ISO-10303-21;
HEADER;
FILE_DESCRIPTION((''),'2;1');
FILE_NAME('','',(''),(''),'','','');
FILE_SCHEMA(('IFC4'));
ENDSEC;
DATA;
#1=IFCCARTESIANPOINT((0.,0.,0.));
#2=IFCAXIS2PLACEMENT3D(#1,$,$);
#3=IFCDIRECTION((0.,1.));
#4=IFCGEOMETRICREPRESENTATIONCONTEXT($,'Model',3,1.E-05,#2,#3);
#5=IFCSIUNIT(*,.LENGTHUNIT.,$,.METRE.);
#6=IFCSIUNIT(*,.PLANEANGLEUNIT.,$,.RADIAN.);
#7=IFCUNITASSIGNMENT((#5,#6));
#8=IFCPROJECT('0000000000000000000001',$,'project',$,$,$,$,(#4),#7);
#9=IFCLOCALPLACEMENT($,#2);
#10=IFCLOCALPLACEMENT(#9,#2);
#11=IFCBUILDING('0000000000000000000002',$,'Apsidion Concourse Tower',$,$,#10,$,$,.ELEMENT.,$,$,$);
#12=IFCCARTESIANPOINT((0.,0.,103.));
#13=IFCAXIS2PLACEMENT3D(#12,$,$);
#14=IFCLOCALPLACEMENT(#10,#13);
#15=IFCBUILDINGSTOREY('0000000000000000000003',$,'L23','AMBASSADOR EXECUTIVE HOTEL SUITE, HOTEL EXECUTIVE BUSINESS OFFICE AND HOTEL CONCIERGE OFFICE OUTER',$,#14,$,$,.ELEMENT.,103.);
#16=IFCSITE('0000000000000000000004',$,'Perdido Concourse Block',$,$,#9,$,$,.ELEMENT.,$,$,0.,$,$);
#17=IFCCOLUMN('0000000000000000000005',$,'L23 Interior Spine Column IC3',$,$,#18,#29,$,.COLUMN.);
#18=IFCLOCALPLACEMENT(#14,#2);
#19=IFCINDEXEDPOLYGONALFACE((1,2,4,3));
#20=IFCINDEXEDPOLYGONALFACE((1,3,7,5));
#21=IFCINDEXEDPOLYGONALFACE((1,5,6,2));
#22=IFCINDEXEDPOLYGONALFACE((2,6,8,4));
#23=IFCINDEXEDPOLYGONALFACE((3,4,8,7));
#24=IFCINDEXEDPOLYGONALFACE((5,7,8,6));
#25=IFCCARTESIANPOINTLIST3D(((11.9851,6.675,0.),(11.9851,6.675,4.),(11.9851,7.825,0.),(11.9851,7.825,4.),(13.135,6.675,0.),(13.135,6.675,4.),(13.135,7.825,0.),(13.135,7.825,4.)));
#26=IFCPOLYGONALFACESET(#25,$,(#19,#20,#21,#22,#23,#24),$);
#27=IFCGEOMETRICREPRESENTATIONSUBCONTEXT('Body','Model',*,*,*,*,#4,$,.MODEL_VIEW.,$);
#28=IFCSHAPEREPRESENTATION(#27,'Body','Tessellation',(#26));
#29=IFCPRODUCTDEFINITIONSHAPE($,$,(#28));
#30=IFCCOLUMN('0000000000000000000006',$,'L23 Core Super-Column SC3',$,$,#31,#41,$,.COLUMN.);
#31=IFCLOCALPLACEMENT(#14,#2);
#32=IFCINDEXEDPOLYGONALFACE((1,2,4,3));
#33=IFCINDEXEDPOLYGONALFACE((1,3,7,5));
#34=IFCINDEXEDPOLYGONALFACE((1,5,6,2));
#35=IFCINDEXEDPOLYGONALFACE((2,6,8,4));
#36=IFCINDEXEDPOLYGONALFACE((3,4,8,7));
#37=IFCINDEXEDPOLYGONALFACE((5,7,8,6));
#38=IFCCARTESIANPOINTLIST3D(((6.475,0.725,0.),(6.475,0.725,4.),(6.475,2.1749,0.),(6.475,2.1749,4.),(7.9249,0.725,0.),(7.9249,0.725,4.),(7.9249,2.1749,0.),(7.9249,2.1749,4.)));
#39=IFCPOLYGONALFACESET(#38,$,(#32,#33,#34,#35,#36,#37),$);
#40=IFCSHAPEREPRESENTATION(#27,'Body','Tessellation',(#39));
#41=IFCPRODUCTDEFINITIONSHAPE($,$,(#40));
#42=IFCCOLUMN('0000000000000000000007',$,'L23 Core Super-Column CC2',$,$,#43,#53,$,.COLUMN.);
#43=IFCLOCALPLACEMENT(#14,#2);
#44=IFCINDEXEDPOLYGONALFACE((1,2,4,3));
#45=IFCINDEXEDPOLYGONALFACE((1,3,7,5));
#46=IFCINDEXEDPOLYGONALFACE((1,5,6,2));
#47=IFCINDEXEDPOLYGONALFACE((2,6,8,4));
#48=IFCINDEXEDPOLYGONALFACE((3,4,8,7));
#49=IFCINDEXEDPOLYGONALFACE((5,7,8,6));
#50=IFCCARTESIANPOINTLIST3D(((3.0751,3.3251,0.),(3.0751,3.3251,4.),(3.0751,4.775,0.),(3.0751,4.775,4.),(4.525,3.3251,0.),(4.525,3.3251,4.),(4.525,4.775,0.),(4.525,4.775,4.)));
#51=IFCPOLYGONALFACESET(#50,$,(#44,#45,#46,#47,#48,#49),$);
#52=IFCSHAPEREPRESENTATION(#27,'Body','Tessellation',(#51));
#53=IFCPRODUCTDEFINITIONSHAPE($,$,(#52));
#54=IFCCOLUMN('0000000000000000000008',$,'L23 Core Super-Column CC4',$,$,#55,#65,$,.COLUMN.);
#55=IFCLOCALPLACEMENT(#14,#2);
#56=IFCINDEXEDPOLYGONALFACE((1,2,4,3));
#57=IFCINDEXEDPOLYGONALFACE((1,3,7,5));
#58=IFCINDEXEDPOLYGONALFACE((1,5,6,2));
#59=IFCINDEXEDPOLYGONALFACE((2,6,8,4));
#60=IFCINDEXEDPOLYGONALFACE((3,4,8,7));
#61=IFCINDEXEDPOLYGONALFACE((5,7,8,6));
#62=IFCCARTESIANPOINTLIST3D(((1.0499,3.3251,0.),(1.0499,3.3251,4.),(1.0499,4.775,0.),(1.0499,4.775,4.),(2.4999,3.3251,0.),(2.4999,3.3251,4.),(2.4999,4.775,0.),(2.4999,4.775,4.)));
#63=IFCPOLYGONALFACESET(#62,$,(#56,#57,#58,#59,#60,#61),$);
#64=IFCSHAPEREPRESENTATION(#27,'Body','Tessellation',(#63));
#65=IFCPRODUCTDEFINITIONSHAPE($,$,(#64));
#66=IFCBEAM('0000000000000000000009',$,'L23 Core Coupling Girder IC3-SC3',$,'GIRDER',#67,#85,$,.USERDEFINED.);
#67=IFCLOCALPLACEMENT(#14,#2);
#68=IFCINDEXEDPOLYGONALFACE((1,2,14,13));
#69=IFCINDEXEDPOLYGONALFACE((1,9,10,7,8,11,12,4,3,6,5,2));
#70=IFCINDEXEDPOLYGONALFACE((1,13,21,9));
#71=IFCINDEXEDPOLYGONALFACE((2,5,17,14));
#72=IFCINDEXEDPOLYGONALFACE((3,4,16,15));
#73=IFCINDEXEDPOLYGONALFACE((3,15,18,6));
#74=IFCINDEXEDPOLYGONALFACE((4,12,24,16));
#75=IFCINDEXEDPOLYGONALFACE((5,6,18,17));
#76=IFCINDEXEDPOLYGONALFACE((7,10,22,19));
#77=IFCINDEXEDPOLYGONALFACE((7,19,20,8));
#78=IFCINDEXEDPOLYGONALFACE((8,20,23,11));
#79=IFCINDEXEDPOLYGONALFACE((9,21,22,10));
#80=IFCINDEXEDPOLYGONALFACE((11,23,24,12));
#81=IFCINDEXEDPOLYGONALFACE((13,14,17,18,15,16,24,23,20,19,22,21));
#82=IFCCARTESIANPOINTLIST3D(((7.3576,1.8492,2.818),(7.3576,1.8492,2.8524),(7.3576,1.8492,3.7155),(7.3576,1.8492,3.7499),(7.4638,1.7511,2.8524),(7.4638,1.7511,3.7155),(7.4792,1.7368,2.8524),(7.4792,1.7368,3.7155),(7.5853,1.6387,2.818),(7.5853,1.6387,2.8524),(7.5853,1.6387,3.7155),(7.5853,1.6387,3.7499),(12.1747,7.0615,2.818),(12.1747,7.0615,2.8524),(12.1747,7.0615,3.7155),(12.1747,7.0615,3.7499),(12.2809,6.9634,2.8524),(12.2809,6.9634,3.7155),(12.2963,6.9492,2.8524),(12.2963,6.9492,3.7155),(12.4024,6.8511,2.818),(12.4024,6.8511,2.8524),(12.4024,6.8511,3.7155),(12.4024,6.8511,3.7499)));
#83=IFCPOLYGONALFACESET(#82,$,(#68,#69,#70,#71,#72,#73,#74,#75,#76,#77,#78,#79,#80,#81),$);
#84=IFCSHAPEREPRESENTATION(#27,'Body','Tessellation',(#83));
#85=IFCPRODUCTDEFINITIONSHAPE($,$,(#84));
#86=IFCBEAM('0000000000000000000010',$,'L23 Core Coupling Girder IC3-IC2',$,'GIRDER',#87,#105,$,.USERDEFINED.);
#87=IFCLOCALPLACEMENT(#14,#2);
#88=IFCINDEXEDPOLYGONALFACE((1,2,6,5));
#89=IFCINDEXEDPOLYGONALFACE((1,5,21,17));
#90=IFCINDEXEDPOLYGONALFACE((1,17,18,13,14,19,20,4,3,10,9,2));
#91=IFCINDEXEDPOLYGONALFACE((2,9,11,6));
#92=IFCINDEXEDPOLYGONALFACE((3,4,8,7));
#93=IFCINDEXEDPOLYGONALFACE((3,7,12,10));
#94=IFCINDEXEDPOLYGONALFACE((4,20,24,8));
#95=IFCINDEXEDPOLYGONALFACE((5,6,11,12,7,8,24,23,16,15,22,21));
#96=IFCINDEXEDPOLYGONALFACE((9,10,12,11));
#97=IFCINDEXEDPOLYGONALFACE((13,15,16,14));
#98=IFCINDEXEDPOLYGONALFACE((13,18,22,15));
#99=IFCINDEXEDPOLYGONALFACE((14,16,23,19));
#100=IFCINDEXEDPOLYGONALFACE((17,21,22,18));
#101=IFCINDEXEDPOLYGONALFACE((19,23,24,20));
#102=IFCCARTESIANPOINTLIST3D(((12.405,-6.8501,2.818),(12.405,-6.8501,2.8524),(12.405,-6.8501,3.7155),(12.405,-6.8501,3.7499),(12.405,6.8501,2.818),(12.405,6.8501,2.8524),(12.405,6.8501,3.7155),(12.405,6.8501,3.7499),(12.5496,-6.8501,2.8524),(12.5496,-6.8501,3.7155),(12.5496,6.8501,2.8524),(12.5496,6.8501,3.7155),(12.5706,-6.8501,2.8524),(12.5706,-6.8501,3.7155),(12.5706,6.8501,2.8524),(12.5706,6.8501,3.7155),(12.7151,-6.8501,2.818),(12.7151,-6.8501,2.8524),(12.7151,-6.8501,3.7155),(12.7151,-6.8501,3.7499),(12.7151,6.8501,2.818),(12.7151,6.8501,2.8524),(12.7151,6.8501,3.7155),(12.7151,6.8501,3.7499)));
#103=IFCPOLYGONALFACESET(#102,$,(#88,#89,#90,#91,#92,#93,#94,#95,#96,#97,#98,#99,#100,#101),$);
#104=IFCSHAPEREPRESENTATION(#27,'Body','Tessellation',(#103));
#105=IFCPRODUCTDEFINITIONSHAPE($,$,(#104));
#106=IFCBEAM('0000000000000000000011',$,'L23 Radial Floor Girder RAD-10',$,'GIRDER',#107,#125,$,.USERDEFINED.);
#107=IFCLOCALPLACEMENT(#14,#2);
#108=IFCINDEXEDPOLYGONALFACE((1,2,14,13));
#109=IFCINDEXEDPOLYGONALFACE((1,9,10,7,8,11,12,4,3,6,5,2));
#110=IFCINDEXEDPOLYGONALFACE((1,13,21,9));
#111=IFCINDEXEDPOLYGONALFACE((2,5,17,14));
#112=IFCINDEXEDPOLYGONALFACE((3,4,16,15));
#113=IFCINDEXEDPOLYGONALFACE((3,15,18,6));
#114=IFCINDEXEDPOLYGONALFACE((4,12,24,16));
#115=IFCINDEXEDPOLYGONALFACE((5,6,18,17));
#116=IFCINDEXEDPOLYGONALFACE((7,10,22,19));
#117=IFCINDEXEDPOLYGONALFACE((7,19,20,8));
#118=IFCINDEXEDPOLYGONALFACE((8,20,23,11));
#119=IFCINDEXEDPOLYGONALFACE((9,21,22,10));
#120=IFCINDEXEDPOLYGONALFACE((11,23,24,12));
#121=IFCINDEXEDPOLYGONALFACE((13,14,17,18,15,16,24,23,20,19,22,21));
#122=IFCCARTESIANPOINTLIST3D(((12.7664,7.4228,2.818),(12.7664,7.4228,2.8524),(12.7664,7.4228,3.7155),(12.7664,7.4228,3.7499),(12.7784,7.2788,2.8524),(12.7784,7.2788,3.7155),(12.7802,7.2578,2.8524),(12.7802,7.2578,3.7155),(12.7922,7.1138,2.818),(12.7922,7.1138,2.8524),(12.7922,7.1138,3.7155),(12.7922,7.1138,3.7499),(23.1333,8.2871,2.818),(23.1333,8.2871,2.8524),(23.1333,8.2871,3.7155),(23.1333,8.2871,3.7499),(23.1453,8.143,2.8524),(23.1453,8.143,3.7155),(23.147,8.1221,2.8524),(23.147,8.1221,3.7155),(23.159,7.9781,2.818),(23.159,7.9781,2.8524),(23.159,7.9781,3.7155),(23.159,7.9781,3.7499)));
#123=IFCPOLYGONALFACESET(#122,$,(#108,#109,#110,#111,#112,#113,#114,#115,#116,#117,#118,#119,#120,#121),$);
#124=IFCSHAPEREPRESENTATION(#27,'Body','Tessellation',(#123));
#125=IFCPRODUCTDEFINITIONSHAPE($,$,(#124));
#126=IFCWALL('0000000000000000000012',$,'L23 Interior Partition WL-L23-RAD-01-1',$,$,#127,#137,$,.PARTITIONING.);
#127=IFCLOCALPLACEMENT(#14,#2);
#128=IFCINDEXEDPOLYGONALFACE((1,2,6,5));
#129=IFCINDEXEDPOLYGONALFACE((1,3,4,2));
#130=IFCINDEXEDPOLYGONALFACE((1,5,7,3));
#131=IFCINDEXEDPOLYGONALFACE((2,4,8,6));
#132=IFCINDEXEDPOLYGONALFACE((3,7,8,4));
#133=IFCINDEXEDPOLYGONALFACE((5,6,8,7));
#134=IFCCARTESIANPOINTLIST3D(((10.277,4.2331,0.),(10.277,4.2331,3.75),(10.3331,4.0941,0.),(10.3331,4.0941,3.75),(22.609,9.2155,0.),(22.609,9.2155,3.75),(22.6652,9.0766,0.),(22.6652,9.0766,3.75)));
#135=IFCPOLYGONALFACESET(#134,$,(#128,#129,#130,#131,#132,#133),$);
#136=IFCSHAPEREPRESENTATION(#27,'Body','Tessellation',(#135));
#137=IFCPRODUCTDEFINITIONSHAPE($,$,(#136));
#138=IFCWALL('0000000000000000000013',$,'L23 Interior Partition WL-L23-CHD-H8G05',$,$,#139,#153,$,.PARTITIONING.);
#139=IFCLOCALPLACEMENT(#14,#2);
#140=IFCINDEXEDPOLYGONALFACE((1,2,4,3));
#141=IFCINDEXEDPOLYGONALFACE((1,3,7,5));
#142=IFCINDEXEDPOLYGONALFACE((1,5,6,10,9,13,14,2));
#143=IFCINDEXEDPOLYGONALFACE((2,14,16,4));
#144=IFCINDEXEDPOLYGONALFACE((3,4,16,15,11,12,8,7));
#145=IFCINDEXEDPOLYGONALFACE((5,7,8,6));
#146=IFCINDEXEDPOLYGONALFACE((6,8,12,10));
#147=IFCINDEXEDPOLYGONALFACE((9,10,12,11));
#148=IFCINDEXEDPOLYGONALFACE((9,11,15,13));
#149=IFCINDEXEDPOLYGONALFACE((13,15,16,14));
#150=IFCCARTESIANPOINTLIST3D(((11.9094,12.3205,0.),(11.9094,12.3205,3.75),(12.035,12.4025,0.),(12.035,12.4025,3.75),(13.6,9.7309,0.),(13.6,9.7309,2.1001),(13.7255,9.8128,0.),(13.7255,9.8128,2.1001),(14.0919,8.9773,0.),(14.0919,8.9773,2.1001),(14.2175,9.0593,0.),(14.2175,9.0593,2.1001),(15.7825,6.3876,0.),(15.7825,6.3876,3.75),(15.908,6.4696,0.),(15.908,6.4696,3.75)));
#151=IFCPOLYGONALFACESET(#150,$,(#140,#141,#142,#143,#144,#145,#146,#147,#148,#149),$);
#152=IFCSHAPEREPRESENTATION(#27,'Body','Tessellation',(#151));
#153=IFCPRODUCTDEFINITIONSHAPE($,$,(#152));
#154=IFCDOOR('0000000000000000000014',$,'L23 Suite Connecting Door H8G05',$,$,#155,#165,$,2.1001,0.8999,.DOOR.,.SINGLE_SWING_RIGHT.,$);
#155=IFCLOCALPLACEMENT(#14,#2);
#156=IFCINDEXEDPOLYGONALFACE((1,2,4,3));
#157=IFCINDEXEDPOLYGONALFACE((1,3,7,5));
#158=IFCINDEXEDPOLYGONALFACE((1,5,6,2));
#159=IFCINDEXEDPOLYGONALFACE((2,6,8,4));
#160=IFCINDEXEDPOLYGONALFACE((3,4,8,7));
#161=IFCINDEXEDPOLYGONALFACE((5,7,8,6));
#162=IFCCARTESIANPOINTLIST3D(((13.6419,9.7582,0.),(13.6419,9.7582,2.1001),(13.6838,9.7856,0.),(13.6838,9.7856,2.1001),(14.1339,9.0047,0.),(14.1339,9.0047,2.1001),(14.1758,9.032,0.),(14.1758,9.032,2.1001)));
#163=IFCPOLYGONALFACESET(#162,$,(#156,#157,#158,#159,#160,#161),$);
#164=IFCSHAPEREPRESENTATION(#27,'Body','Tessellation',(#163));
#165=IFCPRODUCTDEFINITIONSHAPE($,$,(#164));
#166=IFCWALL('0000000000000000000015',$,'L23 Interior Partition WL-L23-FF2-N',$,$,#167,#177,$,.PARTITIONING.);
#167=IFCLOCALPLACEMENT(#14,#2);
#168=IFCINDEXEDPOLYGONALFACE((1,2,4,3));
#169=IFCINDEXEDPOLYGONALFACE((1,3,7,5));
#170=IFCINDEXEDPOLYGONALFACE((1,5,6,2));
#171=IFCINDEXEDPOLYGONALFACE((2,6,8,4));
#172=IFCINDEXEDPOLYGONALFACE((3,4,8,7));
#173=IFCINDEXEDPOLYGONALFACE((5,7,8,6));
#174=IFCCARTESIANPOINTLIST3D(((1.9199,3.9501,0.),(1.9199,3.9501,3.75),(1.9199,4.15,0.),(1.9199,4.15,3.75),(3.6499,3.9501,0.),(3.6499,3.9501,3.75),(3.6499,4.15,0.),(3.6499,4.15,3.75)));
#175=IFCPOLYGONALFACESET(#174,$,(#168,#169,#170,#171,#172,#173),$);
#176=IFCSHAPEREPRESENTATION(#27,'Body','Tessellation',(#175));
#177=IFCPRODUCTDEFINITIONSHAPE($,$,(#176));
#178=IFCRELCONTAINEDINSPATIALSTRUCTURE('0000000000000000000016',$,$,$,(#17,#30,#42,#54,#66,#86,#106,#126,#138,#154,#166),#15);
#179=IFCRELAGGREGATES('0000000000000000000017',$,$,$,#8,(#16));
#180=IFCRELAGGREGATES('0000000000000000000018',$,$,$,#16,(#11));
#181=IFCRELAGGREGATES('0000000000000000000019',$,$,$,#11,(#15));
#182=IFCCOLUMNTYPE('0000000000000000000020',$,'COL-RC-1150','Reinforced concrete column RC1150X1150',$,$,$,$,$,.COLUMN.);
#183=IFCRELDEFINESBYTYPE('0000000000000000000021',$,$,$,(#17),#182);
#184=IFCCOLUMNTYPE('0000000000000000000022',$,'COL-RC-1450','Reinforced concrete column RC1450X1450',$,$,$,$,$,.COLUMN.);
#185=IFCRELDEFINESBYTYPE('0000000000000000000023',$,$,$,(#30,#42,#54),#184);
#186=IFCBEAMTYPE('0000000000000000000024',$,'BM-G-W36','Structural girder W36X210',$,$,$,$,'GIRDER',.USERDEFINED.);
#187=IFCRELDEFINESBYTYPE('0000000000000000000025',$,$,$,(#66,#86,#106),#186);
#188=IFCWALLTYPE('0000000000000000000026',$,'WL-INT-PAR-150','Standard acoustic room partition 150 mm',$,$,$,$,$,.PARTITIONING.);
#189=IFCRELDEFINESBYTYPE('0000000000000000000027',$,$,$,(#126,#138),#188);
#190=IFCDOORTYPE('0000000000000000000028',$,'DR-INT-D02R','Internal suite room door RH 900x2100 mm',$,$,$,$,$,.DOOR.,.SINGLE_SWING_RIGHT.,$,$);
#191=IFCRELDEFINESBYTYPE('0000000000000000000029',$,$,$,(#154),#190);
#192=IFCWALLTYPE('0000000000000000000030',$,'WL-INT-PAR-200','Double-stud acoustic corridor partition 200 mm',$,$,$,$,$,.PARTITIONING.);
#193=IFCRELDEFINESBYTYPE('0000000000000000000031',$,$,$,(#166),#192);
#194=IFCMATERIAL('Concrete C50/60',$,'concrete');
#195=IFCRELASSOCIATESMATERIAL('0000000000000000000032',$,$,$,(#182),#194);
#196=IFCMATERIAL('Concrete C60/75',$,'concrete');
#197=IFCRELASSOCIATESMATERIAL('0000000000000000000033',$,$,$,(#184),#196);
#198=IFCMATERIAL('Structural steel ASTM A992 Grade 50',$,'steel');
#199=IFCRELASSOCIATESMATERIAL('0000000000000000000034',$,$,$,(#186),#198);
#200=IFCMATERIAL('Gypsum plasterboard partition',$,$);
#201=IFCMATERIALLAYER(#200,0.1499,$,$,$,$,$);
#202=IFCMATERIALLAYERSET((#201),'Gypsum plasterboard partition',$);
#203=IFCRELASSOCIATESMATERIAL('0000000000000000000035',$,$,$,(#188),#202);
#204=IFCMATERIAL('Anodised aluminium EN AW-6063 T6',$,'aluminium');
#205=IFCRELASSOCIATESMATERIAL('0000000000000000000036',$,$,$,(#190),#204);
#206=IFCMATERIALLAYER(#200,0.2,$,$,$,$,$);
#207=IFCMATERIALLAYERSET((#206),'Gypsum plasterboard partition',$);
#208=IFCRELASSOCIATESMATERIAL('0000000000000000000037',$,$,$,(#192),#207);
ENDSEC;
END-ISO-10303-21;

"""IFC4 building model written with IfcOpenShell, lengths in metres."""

from ifc_helpers import new_model, si_unit, direction, frame, frame_2d, origin, origin_2d, place, context, subcontext, project, spatial, rectangle, i_section, extrude, material, layer, layer_set, material_profile, profile_set, type_object, element, fill, save


model = new_model("IFC4")

# Units and contexts
model_context = context("Model", 3, precision=1e-05, world=origin(), true_north=direction((0.0, 1.0)))
body_context = subcontext(model_context, "Body", "Model", "MODEL_VIEW")
ifc_project = project(units=[si_unit("LENGTHUNIT", "METRE"), si_unit("PLANEANGLEUNIT", "RADIAN")], contexts=[model_context])

# Site, building, storey
site_placement = place(None, origin())
site = spatial("IfcSite", under=ifc_project, at=site_placement, Name="Perdido Concourse Block", CompositionType="ELEMENT", RefElevation=0.0)
building_placement = place(site_placement, origin())
building = spatial("IfcBuilding", under=site, at=building_placement, Name="Apsidion Concourse Tower", CompositionType="ELEMENT")
storey_placement = place(building_placement, frame((0.0, 0.0, 103.0)))
storey = spatial("IfcBuildingStorey", under=building, at=storey_placement, Name="L23", Description="AMBASSADOR EXECUTIVE HOTEL SUITE, HOTEL EXECUTIVE BUSINESS OFFICE AND HOTEL CONCIERGE OFFICE OUTER", CompositionType="ELEMENT", Elevation=103.0)

# Columns
ifc_material_1 = material(Name="Concrete C50/60", Category="concrete")
ifc_material_profile_1 = material_profile(ifc_material_1, rectangle(XDim=1.1499, YDim=1.1499, at=origin_2d()), Name="RC 1150x1150")
ifc_profile_set_1 = profile_set([ifc_material_profile_1], Name="Concrete C50/60")
column_type_1 = type_object("IfcColumnType", Name="COL-RC-1150", Description="Reinforced concrete column RC1150X1150", PredefinedType="COLUMN", material=ifc_profile_set_1)
column_placement = place(storey_placement, frame((12.5601, 7.25, 0.0), z_axis=(0.0, 0.0, 1.0), x_axis=(1.0, 0.0, 0.0)))
element("IfcColumn", 1, at=column_placement, inside=storey, type_object=column_type_1, Name="L23 Interior Spine Column IC3", PredefinedType="COLUMN", context=body_context, shape_type="SweptSolid", body=[
    extrude(rectangle(XDim=1.1499, YDim=1.1499, at=origin_2d()), origin(), (0.0, 0.0, 1.0), 4.0),
])
ifc_material_2 = material(Name="Concrete C60/75", Category="concrete")
ifc_material_profile_2 = material_profile(ifc_material_2, rectangle(XDim=1.45, YDim=1.45, at=origin_2d()), Name="RC 1450x1450")
ifc_profile_set_2 = profile_set([ifc_material_profile_2], Name="Concrete C60/75")
column_type_2 = type_object("IfcColumnType", Name="COL-RC-1450", Description="Reinforced concrete column RC1450X1450", PredefinedType="COLUMN", material=ifc_profile_set_2)
for number, where, z_axis, x_axis, name in (
    (2, (7.2, 1.45, 0.0), (0.0, 0.0, 1.0), (1.0, 0.0, 0.0), "L23 Core Super-Column SC3"),
    (3, (3.8, 4.05, 0.0), (0.0, 0.0, 1.0), (1.0, 0.0, 0.0), "L23 Core Super-Column CC2"),
    (4, (1.7749, 4.05, 0.0), (0.0, 0.0, 1.0), (1.0, 0.0, 0.0), "L23 Core Super-Column CC4"),
):
    element("IfcColumn", number, at=place(storey_placement, frame(where, z_axis=z_axis, x_axis=x_axis)), inside=storey, type_object=column_type_2, Name=name, PredefinedType="COLUMN", context=body_context, shape_type="SweptSolid", body=[
        extrude(rectangle(XDim=1.45, YDim=1.45, at=origin_2d()), origin(), (0.0, 0.0, 1.0), 4.0),
    ])

# Beams
ifc_material_3 = material(Name="Structural steel ASTM A992 Grade 50", Category="steel")
ifc_material_profile_3 = material_profile(ifc_material_3, i_section(OverallWidth=0.3101, OverallDepth=0.9319, WebThickness=0.021, FlangeThickness=0.0344, at=origin_2d()), Name="W36X210")
ifc_profile_set_3 = profile_set([ifc_material_profile_3], Name="Structural steel ASTM A992 Grade 50")
beam_type = type_object("IfcBeamType", Name="BM-G-W36", Description="Structural girder W36X210", ElementType="GIRDER", PredefinedType="USERDEFINED", material=ifc_profile_set_3)
beam_1_placement = place(storey_placement, frame((12.2886, 6.9563, 3.2839), z_axis=(-0.678713, -0.734404, 0.0), x_axis=(0.734404, -0.678713, 0.0)))
element("IfcBeam", 5, at=beam_1_placement, inside=storey, type_object=beam_type, Name="L23 Core Coupling Girder IC3-SC3", ObjectType="GIRDER", PredefinedType="USERDEFINED", context=body_context, shape_type="SweptSolid", body=[
    extrude(i_section(OverallWidth=0.3101, OverallDepth=0.9319, WebThickness=0.021, FlangeThickness=0.0344, at=origin_2d()), origin(), (0.0, 0.0, 1.0), 7.0974),
])
beam_2_placement = place(storey_placement, frame((12.5601, 6.8501, 3.2839), z_axis=(0.0, -1.0, 0.0), x_axis=(1.0, 0.0, 0.0)))
element("IfcBeam", 6, at=beam_2_placement, inside=storey, type_object=beam_type, Name="L23 Core Coupling Girder IC3-IC2", ObjectType="GIRDER", PredefinedType="USERDEFINED", context=body_context, shape_type="SweptSolid", body=[
    extrude(i_section(OverallWidth=0.3101, OverallDepth=0.9319, WebThickness=0.021, FlangeThickness=0.0344, at=origin_2d()), origin(), (0.0, 0.0, 1.0), 13.7002),
])
beam_3_placement = place(storey_placement, frame((12.7793, 7.2683, 3.2839), z_axis=(0.996543, 0.083078, 0.0), x_axis=(-0.083078, 0.996543, 0.0)))
element("IfcBeam", 7, at=beam_3_placement, inside=storey, type_object=beam_type, Name="L23 Radial Floor Girder RAD-10", ObjectType="GIRDER", PredefinedType="USERDEFINED", context=body_context, shape_type="SweptSolid", body=[
    extrude(i_section(OverallWidth=0.3101, OverallDepth=0.9319, WebThickness=0.021, FlangeThickness=0.0344, at=origin_2d()), origin(), (0.0, 0.0, 1.0), 10.4028),
])

# Wall
ifc_material_4 = material(Name="Gypsum plasterboard partition")
ifc_layer_1 = layer(ifc_material_4, 0.1499)
ifc_layer_set_1 = layer_set([ifc_layer_1], Name="Gypsum plasterboard partition")
wall_type_1 = type_object("IfcWallType", Name="WL-INT-PAR-150", Description="Standard acoustic room partition 150 mm", PredefinedType="PARTITIONING", material=ifc_layer_set_1)
wall_1_placement = place(storey_placement, frame((10.3049, 4.1636, 0.0), z_axis=(0.0, 0.0, 1.0), x_axis=(0.927185, 0.374604, 0.0)))
element("IfcWall", 8, at=wall_1_placement, inside=storey, type_object=wall_type_1, Name="L23 Interior Partition WL-L23-RAD-01-1", PredefinedType="PARTITIONING", context=body_context, shape_type="SweptSolid", body=[
    extrude(rectangle(XDim=13.3005, YDim=0.1499, at=frame_2d((6.6504, 0.0))), origin(), (0.0, 0.0, 1.0), 3.75),
])

# Wall, opening, door
wall_2_placement = place(storey_placement, frame((15.8452, 6.4287, 0.0), z_axis=(0.0, 0.0, 1.0), x_axis=(-0.546643, 0.837366, 0.0)))
wall_2 = element("IfcWall", 9, at=wall_2_placement, inside=storey, type_object=wall_type_1, Name="L23 Interior Partition WL-L23-CHD-H8G05", PredefinedType="PARTITIONING", context=body_context, shape_type="SweptSolid", body=[
    extrude(rectangle(XDim=7.0852, YDim=0.1499, at=frame_2d((3.5425, 0.0))), origin(), (0.0, 0.0, 1.0), 3.75),
])
opening_placement = place(wall_2_placement, frame((3.0925, 0.0, 0.0)))
opening = element("IfcOpeningElement", 10, at=opening_placement, cuts=wall_2, PredefinedType="OPENING", context=body_context, shape_type="SweptSolid", body=[
    extrude(rectangle(XDim=0.8999, YDim=2.1001, at=frame_2d((0.45, 1.05))), frame((0.0, 0.085, 0.0), z_axis=(0.0, -1.0, 0.0), x_axis=(1.0, 0.0, 0.0)), (0.0, 0.0, 1.0), 0.1699),
])
ifc_material_5 = material(Name="Anodised aluminium EN AW-6063 T6", Category="aluminium")
door_type = type_object("IfcDoorType", Name="DR-INT-D02R", Description="Internal suite room door RH 900x2100 mm", OperationType="SINGLE_SWING_RIGHT", PredefinedType="DOOR", material=ifc_material_5)
door_placement = place(opening_placement, origin())
door = element("IfcDoor", 11, at=door_placement, inside=storey, type_object=door_type, Name="L23 Suite Connecting Door H8G05", OperationType="SINGLE_SWING_RIGHT", OverallHeight=2.1001, OverallWidth=0.8999, PredefinedType="DOOR", context=body_context, shape_type="SweptSolid", body=[
    extrude(rectangle(XDim=0.8999, YDim=2.1001, at=frame_2d((0.45, 1.05))), frame((0.0, 0.0249, 0.0), z_axis=(0.0, -1.0, 0.0), x_axis=(1.0, 0.0, 0.0)), (0.0, 0.0, 1.0), 0.05),
])
fill(opening, door)

# Wall
ifc_layer_2 = layer(ifc_material_4, 0.2)
ifc_layer_set_2 = layer_set([ifc_layer_2], Name="Gypsum plasterboard partition")
wall_type_2 = type_object("IfcWallType", Name="WL-INT-PAR-200", Description="Double-stud acoustic corridor partition 200 mm", PredefinedType="PARTITIONING", material=ifc_layer_set_2)
wall_3_placement = place(storey_placement, frame((1.9199, 4.05, 0.0), z_axis=(0.0, 0.0, 1.0), x_axis=(1.0, 0.0, 0.0)))
element("IfcWall", 12, at=wall_3_placement, inside=storey, type_object=wall_type_2, Name="L23 Interior Partition WL-L23-FF2-N", PredefinedType="PARTITIONING", context=body_context, shape_type="SweptSolid", body=[
    extrude(rectangle(XDim=1.73, YDim=0.2, at=frame_2d((0.865, 0.0))), origin(), (0.0, 0.0, 1.0), 3.75),
])

save(model, "model.ifc")
